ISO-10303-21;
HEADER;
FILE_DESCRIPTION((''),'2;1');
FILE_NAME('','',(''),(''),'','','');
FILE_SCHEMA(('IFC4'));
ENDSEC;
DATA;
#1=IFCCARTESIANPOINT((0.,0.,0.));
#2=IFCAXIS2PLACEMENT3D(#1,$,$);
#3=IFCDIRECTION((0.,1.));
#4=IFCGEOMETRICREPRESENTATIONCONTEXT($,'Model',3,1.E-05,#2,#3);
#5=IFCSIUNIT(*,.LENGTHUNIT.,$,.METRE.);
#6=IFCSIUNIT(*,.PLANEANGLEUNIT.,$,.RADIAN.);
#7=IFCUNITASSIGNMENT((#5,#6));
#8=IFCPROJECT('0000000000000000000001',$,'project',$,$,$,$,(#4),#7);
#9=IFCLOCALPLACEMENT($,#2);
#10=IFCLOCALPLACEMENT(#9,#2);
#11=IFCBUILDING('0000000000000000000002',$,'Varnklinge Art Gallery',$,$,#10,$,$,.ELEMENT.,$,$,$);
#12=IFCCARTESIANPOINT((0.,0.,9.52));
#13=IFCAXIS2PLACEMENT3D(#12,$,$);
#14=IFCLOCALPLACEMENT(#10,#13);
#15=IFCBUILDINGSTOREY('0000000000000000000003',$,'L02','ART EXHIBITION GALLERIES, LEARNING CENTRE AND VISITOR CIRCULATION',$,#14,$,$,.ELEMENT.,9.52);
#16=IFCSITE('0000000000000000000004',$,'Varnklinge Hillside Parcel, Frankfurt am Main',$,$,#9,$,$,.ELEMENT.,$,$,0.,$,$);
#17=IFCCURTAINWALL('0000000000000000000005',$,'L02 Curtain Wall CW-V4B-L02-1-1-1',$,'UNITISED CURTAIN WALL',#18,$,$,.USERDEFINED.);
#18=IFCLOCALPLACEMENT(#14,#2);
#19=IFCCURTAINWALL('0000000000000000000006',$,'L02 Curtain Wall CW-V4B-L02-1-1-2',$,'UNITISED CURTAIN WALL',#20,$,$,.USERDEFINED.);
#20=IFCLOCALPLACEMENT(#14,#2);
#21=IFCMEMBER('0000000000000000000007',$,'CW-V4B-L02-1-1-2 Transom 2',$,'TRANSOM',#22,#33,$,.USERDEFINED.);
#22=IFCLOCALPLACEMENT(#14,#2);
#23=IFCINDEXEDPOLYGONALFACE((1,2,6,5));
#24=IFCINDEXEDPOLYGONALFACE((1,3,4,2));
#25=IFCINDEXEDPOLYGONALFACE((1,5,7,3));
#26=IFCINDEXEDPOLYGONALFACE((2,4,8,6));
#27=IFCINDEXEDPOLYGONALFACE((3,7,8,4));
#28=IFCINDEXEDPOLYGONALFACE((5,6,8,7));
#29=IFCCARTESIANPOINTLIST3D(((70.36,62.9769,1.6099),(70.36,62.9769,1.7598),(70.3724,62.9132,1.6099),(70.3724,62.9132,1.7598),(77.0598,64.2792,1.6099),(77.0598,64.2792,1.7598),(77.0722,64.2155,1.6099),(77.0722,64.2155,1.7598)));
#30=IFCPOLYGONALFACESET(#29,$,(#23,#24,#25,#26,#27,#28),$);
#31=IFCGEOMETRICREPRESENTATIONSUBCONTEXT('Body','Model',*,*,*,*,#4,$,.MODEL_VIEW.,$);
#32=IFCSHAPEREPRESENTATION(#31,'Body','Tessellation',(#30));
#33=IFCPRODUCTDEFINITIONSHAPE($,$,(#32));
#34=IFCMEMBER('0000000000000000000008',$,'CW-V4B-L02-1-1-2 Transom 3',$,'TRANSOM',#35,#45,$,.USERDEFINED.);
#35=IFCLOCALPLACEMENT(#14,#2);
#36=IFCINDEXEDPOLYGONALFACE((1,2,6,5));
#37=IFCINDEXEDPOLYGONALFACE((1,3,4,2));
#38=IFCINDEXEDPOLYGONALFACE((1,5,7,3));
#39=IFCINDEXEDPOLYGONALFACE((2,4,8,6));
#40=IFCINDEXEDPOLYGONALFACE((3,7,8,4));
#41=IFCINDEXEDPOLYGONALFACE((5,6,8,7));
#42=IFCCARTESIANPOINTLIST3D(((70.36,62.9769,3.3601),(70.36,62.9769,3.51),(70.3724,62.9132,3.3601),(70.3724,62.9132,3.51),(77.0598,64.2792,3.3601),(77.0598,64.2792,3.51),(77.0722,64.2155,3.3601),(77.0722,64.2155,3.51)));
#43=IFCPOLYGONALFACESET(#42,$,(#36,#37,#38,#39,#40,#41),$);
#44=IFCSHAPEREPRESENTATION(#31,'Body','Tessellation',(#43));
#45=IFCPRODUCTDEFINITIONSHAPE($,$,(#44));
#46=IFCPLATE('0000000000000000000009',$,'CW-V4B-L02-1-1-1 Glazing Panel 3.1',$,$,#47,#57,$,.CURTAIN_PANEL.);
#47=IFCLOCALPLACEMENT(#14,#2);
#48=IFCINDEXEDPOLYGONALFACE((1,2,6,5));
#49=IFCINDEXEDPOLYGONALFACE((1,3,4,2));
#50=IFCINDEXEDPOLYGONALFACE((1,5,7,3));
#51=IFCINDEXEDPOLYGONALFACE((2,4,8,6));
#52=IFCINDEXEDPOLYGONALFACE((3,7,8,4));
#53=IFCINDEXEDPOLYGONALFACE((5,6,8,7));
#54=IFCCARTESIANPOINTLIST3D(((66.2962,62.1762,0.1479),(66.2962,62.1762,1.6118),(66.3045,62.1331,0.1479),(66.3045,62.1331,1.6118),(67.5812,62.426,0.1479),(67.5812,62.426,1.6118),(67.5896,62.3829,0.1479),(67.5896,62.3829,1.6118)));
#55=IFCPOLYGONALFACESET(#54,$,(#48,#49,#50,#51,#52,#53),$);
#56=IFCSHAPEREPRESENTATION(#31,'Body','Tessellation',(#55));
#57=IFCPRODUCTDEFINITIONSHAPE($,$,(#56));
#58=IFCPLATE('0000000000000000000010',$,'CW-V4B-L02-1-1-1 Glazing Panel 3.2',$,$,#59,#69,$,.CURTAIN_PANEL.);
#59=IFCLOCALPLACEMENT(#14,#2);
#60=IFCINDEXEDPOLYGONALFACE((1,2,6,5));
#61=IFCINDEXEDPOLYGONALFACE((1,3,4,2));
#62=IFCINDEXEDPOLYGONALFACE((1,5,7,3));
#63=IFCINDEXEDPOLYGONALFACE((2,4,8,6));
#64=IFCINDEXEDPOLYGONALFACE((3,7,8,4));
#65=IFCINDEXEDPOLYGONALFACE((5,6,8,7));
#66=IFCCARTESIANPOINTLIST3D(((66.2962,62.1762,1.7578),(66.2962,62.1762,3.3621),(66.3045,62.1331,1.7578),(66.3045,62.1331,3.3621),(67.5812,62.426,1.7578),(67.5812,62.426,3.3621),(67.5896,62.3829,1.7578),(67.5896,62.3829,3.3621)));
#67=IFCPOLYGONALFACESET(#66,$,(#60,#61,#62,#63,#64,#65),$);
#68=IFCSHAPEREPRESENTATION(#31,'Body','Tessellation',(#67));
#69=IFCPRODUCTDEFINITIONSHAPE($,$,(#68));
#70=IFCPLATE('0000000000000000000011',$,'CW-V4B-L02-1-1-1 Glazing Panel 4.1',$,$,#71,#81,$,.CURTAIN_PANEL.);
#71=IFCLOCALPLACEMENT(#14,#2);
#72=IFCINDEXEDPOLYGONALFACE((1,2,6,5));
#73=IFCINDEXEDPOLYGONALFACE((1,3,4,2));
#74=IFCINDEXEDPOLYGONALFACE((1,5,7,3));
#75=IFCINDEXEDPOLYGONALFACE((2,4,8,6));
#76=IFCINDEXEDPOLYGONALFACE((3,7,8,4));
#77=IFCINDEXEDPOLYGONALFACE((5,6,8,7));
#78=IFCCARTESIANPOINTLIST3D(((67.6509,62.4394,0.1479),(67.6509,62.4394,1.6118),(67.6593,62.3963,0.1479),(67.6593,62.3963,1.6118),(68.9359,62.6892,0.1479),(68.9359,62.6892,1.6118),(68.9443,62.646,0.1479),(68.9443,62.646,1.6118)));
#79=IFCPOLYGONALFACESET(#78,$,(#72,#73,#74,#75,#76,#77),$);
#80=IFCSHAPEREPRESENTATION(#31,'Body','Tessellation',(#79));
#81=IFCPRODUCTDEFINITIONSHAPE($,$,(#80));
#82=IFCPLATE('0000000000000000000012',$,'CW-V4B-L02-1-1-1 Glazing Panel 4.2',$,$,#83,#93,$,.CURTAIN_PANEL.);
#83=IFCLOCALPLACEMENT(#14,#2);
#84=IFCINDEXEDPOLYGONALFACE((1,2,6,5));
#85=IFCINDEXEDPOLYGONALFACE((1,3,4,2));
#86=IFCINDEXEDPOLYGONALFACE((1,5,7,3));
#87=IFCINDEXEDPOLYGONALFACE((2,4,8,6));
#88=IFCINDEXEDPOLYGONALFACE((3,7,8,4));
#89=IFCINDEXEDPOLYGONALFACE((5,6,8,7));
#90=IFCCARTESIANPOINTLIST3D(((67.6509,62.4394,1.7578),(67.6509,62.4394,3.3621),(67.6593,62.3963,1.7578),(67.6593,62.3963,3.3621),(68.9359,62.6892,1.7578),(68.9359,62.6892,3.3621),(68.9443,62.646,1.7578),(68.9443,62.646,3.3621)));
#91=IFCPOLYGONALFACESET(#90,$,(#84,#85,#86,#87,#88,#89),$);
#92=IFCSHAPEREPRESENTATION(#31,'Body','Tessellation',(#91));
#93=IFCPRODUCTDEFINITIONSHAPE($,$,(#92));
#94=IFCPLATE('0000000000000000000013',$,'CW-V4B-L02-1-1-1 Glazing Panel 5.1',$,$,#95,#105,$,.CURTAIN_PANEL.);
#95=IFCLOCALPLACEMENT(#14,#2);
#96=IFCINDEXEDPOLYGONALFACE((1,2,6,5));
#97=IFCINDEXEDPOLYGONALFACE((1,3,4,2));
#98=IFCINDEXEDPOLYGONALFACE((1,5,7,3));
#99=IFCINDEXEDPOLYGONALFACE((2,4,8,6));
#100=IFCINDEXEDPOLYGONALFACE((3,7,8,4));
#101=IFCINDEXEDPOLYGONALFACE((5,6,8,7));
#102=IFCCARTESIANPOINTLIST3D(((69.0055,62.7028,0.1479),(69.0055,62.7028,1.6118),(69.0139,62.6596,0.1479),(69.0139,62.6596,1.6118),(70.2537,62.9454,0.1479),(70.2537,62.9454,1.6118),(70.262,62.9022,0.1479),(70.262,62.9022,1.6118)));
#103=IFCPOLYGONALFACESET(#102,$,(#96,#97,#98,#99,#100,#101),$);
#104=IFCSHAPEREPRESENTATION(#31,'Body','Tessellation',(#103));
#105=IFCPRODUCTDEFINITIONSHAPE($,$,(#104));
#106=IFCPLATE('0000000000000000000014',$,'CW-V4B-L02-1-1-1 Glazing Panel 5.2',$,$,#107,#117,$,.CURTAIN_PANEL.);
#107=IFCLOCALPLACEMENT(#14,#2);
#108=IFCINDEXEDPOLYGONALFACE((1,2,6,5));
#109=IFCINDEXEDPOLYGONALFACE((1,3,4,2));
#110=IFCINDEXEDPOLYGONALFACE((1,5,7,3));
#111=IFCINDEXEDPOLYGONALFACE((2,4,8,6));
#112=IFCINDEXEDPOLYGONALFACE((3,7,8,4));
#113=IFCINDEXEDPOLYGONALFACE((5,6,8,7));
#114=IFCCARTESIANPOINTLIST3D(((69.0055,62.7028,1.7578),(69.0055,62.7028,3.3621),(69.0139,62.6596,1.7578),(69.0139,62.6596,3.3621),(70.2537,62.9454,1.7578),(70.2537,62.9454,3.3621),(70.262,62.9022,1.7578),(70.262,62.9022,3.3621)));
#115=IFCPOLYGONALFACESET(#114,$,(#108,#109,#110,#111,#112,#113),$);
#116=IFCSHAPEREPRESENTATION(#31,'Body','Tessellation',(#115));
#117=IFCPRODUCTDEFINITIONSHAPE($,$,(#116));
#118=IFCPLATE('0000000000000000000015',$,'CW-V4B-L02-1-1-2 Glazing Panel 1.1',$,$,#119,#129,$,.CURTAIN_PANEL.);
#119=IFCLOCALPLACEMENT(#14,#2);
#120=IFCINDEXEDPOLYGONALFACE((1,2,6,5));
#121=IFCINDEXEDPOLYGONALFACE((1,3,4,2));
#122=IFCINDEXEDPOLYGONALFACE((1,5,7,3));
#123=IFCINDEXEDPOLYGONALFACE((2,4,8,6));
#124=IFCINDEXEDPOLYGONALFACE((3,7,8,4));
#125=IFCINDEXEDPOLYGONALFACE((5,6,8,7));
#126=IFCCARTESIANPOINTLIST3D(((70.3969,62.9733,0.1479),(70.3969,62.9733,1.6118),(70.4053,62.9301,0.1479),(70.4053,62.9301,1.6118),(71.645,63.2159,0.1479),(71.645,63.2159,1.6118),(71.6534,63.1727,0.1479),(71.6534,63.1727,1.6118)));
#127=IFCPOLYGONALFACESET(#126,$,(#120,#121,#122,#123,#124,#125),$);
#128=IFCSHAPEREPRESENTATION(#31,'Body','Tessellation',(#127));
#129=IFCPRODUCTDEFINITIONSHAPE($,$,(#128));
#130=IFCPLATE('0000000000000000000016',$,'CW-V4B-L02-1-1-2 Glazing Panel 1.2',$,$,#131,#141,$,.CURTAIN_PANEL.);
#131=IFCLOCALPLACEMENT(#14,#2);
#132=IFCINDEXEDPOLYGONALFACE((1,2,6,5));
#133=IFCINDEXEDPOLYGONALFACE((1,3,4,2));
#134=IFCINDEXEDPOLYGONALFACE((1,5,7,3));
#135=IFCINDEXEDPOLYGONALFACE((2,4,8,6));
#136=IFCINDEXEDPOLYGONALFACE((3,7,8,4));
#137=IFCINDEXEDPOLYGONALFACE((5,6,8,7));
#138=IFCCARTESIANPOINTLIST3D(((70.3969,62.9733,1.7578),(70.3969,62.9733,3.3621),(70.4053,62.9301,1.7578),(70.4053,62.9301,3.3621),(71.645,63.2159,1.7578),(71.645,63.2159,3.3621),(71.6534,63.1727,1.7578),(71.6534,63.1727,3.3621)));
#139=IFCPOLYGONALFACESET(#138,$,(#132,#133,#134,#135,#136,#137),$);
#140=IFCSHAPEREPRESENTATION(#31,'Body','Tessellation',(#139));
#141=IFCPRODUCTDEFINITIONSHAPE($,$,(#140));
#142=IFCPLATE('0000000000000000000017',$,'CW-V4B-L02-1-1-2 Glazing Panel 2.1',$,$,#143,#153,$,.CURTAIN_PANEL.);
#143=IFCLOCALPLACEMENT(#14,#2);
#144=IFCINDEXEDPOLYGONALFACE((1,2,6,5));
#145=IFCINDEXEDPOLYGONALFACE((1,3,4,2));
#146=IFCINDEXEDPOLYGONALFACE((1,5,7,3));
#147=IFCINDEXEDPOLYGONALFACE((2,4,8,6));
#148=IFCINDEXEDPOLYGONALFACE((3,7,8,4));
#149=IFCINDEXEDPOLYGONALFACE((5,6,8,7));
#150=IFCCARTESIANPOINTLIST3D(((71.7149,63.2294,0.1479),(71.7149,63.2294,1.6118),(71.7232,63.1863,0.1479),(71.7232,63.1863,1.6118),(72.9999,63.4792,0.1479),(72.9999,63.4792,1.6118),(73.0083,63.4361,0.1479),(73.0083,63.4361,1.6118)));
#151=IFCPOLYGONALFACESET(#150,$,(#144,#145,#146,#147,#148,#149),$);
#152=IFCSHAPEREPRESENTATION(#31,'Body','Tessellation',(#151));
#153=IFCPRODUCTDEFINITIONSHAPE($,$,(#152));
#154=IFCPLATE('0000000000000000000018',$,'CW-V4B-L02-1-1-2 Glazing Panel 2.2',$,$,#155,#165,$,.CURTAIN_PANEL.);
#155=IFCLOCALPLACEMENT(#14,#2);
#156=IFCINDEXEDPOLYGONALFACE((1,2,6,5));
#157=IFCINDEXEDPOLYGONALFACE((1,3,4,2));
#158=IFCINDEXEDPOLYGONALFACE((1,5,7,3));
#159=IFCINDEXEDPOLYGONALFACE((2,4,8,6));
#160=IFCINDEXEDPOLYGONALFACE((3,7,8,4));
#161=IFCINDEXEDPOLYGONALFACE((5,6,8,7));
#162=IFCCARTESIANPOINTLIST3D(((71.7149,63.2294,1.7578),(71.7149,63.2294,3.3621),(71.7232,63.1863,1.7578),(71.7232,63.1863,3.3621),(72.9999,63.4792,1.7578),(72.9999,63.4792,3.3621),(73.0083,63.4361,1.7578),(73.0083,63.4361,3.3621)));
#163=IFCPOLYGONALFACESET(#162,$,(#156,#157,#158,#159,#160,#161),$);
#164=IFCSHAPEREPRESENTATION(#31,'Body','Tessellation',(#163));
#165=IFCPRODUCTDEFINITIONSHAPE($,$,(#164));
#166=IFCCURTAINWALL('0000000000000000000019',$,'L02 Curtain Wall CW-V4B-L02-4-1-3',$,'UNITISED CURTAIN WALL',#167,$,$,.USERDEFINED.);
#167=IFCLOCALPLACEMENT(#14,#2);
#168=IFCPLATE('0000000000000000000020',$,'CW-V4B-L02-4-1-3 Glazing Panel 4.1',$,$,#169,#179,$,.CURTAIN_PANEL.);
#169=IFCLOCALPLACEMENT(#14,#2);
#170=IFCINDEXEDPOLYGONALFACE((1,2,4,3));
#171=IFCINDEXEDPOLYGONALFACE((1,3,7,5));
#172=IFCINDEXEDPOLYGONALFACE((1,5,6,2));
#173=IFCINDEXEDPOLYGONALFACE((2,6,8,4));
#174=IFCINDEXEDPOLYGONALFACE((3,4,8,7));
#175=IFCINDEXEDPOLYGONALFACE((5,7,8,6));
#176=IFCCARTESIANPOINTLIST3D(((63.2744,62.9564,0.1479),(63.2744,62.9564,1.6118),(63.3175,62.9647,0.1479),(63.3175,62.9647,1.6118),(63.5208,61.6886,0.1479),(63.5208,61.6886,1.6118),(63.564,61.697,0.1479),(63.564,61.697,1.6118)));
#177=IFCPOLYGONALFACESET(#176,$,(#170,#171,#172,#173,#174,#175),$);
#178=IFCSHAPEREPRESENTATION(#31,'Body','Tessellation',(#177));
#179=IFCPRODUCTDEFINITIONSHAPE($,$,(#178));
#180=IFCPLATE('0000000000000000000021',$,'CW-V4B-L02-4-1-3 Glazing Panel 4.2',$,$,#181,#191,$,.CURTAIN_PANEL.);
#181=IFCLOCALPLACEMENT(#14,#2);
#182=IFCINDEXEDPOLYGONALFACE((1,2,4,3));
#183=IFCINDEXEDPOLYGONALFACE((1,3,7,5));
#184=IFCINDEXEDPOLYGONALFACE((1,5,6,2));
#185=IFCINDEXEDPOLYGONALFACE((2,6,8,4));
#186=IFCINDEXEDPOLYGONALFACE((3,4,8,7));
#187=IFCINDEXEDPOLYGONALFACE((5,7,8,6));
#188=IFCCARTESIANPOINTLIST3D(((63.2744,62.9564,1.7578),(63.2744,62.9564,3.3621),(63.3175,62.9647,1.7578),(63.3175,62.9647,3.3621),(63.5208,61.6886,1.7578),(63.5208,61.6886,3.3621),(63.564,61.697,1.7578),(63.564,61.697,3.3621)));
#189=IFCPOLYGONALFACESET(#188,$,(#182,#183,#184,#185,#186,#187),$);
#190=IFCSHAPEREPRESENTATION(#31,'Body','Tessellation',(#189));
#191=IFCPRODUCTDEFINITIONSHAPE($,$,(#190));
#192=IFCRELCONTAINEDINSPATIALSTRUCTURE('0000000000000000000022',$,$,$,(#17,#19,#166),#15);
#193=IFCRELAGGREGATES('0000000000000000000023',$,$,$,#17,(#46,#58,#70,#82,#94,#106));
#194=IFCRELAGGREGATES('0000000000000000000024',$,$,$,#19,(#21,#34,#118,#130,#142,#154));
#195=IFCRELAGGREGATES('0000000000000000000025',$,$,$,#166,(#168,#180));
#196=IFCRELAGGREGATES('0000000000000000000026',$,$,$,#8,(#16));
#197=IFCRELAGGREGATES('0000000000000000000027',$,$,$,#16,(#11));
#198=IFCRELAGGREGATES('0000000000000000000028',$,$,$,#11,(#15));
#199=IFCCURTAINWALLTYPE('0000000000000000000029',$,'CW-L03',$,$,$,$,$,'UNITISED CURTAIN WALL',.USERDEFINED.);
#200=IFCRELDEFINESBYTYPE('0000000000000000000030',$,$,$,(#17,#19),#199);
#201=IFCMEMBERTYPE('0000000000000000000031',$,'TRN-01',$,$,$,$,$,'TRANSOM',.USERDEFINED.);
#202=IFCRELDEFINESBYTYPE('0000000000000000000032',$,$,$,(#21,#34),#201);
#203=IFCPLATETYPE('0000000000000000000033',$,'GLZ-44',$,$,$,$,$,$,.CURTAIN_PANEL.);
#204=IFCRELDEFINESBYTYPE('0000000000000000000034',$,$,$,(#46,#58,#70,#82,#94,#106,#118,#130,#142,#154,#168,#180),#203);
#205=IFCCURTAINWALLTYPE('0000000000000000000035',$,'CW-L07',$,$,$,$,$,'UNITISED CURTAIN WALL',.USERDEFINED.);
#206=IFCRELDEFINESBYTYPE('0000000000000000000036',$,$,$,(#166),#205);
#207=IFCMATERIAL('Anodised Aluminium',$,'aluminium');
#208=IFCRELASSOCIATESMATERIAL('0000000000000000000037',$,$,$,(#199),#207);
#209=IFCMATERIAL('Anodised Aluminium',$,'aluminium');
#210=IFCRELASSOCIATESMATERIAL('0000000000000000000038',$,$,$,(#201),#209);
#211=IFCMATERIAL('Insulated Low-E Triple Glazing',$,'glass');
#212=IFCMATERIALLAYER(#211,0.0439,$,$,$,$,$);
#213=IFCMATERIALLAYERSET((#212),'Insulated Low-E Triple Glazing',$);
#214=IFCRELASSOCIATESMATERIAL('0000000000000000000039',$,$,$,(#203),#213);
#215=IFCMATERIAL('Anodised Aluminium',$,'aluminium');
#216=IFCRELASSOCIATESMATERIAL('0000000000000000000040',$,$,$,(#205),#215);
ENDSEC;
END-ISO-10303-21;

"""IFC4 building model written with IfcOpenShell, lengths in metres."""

from ifc_helpers import new_model, si_unit, direction, frame, origin, origin_2d, place, context, subcontext, project, spatial, rectangle, extrude, material, layer, layer_set, material_profile, profile_set, type_object, element, aggregate, save


model = new_model("IFC4")

# Units and contexts
model_context = context("Model", 3, precision=1e-05, world=origin(), true_north=direction((0.0, 1.0)))
body_context = subcontext(model_context, "Body", "Model", "MODEL_VIEW")
ifc_project = project(units=[si_unit("LENGTHUNIT", "METRE"), si_unit("PLANEANGLEUNIT", "RADIAN")], contexts=[model_context])

# Site, building, storey
site_placement = place(None, origin())
site = spatial("IfcSite", under=ifc_project, at=site_placement, Name="Varnklinge Hillside Parcel, Frankfurt am Main", CompositionType="ELEMENT", RefElevation=0.0)
building_placement = place(site_placement, origin())
building = spatial("IfcBuilding", under=site, at=building_placement, Name="Varnklinge Art Gallery", CompositionType="ELEMENT")
storey_placement = place(building_placement, frame((0.0, 0.0, 9.52)))
storey = spatial("IfcBuildingStorey", under=building, at=storey_placement, Name="L02", Description="ART EXHIBITION GALLERIES, LEARNING CENTRE AND VISITOR CIRCULATION", CompositionType="ELEMENT", Elevation=9.52)

# Curtain walls
ifc_material_1 = material(Name="Anodised Aluminium", Category="aluminium")
curtain_wall_type_1 = type_object("IfcCurtainWallType", Name="CW-L03", ElementType="UNITISED CURTAIN WALL", PredefinedType="USERDEFINED", material=ifc_material_1)
curtain_wall_1_placement = place(storey_placement, origin())
curtain_wall_1 = element("IfcCurtainWall", 1, at=curtain_wall_1_placement, inside=storey, type_object=curtain_wall_type_1, Name="L02 Curtain Wall CW-V4B-L02-1-1-1", ObjectType="UNITISED CURTAIN WALL", PredefinedType="USERDEFINED")
curtain_wall_2_placement = place(storey_placement, origin())
curtain_wall_2 = element("IfcCurtainWall", 2, at=curtain_wall_2_placement, inside=storey, type_object=curtain_wall_type_1, Name="L02 Curtain Wall CW-V4B-L02-1-1-2", ObjectType="UNITISED CURTAIN WALL", PredefinedType="USERDEFINED")

# Members
ifc_material_2 = material(Name="Anodised Aluminium", Category="aluminium")
ifc_material_profile_1 = material_profile(ifc_material_2, rectangle(XDim=0.0649, YDim=0.1499, at=origin_2d()), Name="ALU 65x150")
ifc_profile_set_1 = profile_set([ifc_material_profile_1], Name="Anodised Aluminium")
member_type_1 = type_object("IfcMemberType", Name="TRN-01", ElementType="TRANSOM", PredefinedType="USERDEFINED", material=ifc_profile_set_1)
member_1_placement = place(storey_placement, frame((70.3662, 62.9451, 1.6848), z_axis=(0.981628, 0.190803, 0.0), x_axis=(-0.190803, 0.981628, 0.0)))
member_1 = element("IfcMember", 3, at=member_1_placement, type_object=member_type_1, Name="CW-V4B-L02-1-1-2 Transom 2", ObjectType="TRANSOM", PredefinedType="USERDEFINED", context=body_context, shape_type="SweptSolid", body=[
    extrude(rectangle(XDim=0.0649, YDim=0.1499, at=origin_2d()), origin(), (0.0, 0.0, 1.0), 6.8252),
])
member_2_placement = place(storey_placement, frame((70.3662, 62.9451, 3.4351), z_axis=(0.981628, 0.190803, 0.0), x_axis=(-0.190803, 0.981628, 0.0)))
member_2 = element("IfcMember", 4, at=member_2_placement, type_object=member_type_1, Name="CW-V4B-L02-1-1-2 Transom 3", ObjectType="TRANSOM", PredefinedType="USERDEFINED", context=body_context, shape_type="SweptSolid", body=[
    extrude(rectangle(XDim=0.0649, YDim=0.1499, at=origin_2d()), origin(), (0.0, 0.0, 1.0), 6.8252),
])

# Plates
ifc_material_3 = material(Name="Insulated Low-E Triple Glazing", Category="glass")
ifc_layer_1 = layer(ifc_material_3, 0.0439)
ifc_layer_set_1 = layer_set([ifc_layer_1], Name="Insulated Low-E Triple Glazing")
plate_type = type_object("IfcPlateType", Name="GLZ-44", PredefinedType="CURTAIN_PANEL", material=ifc_layer_set_1)
plate_1_placement = place(storey_placement, frame((66.9429, 62.2795, 0.1479), z_axis=(0.0, 0.0, 1.0), x_axis=(0.981627, 0.190809, 0.0)))
plate_1 = element("IfcPlate", 5, at=plate_1_placement, type_object=plate_type, Name="CW-V4B-L02-1-1-1 Glazing Panel 3.1", PredefinedType="CURTAIN_PANEL", context=body_context, shape_type="SweptSolid", body=[
    extrude(rectangle(XDim=1.3091, YDim=0.0439, at=origin_2d()), origin(), (0.0, 0.0, 1.0), 1.4639),
])
plate_2_placement = place(storey_placement, frame((66.9429, 62.2795, 1.7578), z_axis=(0.0, 0.0, 1.0), x_axis=(0.981627, 0.190809, 0.0)))
plate_2 = element("IfcPlate", 6, at=plate_2_placement, type_object=plate_type, Name="CW-V4B-L02-1-1-1 Glazing Panel 3.2", PredefinedType="CURTAIN_PANEL", context=body_context, shape_type="SweptSolid", body=[
    extrude(rectangle(XDim=1.3091, YDim=0.0439, at=origin_2d()), origin(), (0.0, 0.0, 1.0), 1.6042),
])
plate_3_placement = place(storey_placement, frame((68.2976, 62.5427, 0.1479), z_axis=(0.0, 0.0, 1.0), x_axis=(0.981627, 0.190809, 0.0)))
plate_3 = element("IfcPlate", 7, at=plate_3_placement, type_object=plate_type, Name="CW-V4B-L02-1-1-1 Glazing Panel 4.1", PredefinedType="CURTAIN_PANEL", context=body_context, shape_type="SweptSolid", body=[
    extrude(rectangle(XDim=1.3091, YDim=0.0439, at=origin_2d()), origin(), (0.0, 0.0, 1.0), 1.4639),
])
plate_4_placement = place(storey_placement, frame((68.2976, 62.5427, 1.7578), z_axis=(0.0, 0.0, 1.0), x_axis=(0.981627, 0.190809, 0.0)))
plate_4 = element("IfcPlate", 8, at=plate_4_placement, type_object=plate_type, Name="CW-V4B-L02-1-1-1 Glazing Panel 4.2", PredefinedType="CURTAIN_PANEL", context=body_context, shape_type="SweptSolid", body=[
    extrude(rectangle(XDim=1.3091, YDim=0.0439, at=origin_2d()), origin(), (0.0, 0.0, 1.0), 1.6042),
])
plate_5_placement = place(storey_placement, frame((69.6338, 62.8025, 0.1479), z_axis=(0.0, 0.0, 1.0), x_axis=(0.981627, 0.190809, 0.0)))
plate_5 = element("IfcPlate", 9, at=plate_5_placement, type_object=plate_type, Name="CW-V4B-L02-1-1-1 Glazing Panel 5.1", PredefinedType="CURTAIN_PANEL", context=body_context, shape_type="SweptSolid", body=[
    extrude(rectangle(XDim=1.2715, YDim=0.0439, at=origin_2d()), origin(), (0.0, 0.0, 1.0), 1.4639),
])
plate_6_placement = place(storey_placement, frame((69.6338, 62.8025, 1.7578), z_axis=(0.0, 0.0, 1.0), x_axis=(0.981627, 0.190809, 0.0)))
plate_6 = element("IfcPlate", 10, at=plate_6_placement, type_object=plate_type, Name="CW-V4B-L02-1-1-1 Glazing Panel 5.2", PredefinedType="CURTAIN_PANEL", context=body_context, shape_type="SweptSolid", body=[
    extrude(rectangle(XDim=1.2715, YDim=0.0439, at=origin_2d()), origin(), (0.0, 0.0, 1.0), 1.6042),
])
aggregate(curtain_wall_1, [plate_1, plate_2, plate_3, plate_4, plate_5, plate_6])
plate_7_placement = place(storey_placement, frame((71.0251, 63.073, 0.1479), z_axis=(0.0, 0.0, 1.0), x_axis=(0.981627, 0.190809, 0.0)))
plate_7 = element("IfcPlate", 11, at=plate_7_placement, type_object=plate_type, Name="CW-V4B-L02-1-1-2 Glazing Panel 1.1", PredefinedType="CURTAIN_PANEL", context=body_context, shape_type="SweptSolid", body=[
    extrude(rectangle(XDim=1.2715, YDim=0.0439, at=origin_2d()), origin(), (0.0, 0.0, 1.0), 1.4639),
])
plate_8_placement = place(storey_placement, frame((71.0251, 63.073, 1.7578), z_axis=(0.0, 0.0, 1.0), x_axis=(0.981627, 0.190809, 0.0)))
plate_8 = element("IfcPlate", 12, at=plate_8_placement, type_object=plate_type, Name="CW-V4B-L02-1-1-2 Glazing Panel 1.2", PredefinedType="CURTAIN_PANEL", context=body_context, shape_type="SweptSolid", body=[
    extrude(rectangle(XDim=1.2715, YDim=0.0439, at=origin_2d()), origin(), (0.0, 0.0, 1.0), 1.6042),
])
plate_9_placement = place(storey_placement, frame((72.3616, 63.3328, 0.1479), z_axis=(0.0, 0.0, 1.0), x_axis=(0.981627, 0.190809, 0.0)))
plate_9 = element("IfcPlate", 13, at=plate_9_placement, type_object=plate_type, Name="CW-V4B-L02-1-1-2 Glazing Panel 2.1", PredefinedType="CURTAIN_PANEL", context=body_context, shape_type="SweptSolid", body=[
    extrude(rectangle(XDim=1.3091, YDim=0.0439, at=origin_2d()), origin(), (0.0, 0.0, 1.0), 1.4639),
])
plate_10_placement = place(storey_placement, frame((72.3616, 63.3328, 1.7578), z_axis=(0.0, 0.0, 1.0), x_axis=(0.981627, 0.190809, 0.0)))
plate_10 = element("IfcPlate", 14, at=plate_10_placement, type_object=plate_type, Name="CW-V4B-L02-1-1-2 Glazing Panel 2.2", PredefinedType="CURTAIN_PANEL", context=body_context, shape_type="SweptSolid", body=[
    extrude(rectangle(XDim=1.3091, YDim=0.0439, at=origin_2d()), origin(), (0.0, 0.0, 1.0), 1.6042),
])
aggregate(curtain_wall_2, [member_1, member_2, plate_7, plate_8, plate_9, plate_10])

# Curtain wall, plates
ifc_material_4 = material(Name="Anodised Aluminium", Category="aluminium")
curtain_wall_type_2 = type_object("IfcCurtainWallType", Name="CW-L07", ElementType="UNITISED CURTAIN WALL", PredefinedType="USERDEFINED", material=ifc_material_4)
curtain_wall_3_placement = place(storey_placement, origin())
curtain_wall_3 = element("IfcCurtainWall", 15, at=curtain_wall_3_placement, inside=storey, type_object=curtain_wall_type_2, Name="L02 Curtain Wall CW-V4B-L02-4-1-3", ObjectType="UNITISED CURTAIN WALL", PredefinedType="USERDEFINED")
plate_11_placement = place(storey_placement, frame((63.4192, 62.3267, 0.1479), z_axis=(0.0, 0.0, 1.0), x_axis=(0.190809, -0.981627, 0.0)))
plate_11 = element("IfcPlate", 16, at=plate_11_placement, type_object=plate_type, Name="CW-V4B-L02-4-1-3 Glazing Panel 4.1", PredefinedType="CURTAIN_PANEL", context=body_context, shape_type="SweptSolid", body=[
    extrude(rectangle(XDim=1.2915, YDim=0.0439, at=origin_2d()), origin(), (0.0, 0.0, 1.0), 1.4639),
])
plate_12_placement = place(storey_placement, frame((63.4192, 62.3267, 1.7578), z_axis=(0.0, 0.0, 1.0), x_axis=(0.190809, -0.981627, 0.0)))
plate_12 = element("IfcPlate", 17, at=plate_12_placement, type_object=plate_type, Name="CW-V4B-L02-4-1-3 Glazing Panel 4.2", PredefinedType="CURTAIN_PANEL", context=body_context, shape_type="SweptSolid", body=[
    extrude(rectangle(XDim=1.2915, YDim=0.0439, at=origin_2d()), origin(), (0.0, 0.0, 1.0), 1.6042),
])
aggregate(curtain_wall_3, [plate_11, plate_12])

save(model, "model.ifc")
